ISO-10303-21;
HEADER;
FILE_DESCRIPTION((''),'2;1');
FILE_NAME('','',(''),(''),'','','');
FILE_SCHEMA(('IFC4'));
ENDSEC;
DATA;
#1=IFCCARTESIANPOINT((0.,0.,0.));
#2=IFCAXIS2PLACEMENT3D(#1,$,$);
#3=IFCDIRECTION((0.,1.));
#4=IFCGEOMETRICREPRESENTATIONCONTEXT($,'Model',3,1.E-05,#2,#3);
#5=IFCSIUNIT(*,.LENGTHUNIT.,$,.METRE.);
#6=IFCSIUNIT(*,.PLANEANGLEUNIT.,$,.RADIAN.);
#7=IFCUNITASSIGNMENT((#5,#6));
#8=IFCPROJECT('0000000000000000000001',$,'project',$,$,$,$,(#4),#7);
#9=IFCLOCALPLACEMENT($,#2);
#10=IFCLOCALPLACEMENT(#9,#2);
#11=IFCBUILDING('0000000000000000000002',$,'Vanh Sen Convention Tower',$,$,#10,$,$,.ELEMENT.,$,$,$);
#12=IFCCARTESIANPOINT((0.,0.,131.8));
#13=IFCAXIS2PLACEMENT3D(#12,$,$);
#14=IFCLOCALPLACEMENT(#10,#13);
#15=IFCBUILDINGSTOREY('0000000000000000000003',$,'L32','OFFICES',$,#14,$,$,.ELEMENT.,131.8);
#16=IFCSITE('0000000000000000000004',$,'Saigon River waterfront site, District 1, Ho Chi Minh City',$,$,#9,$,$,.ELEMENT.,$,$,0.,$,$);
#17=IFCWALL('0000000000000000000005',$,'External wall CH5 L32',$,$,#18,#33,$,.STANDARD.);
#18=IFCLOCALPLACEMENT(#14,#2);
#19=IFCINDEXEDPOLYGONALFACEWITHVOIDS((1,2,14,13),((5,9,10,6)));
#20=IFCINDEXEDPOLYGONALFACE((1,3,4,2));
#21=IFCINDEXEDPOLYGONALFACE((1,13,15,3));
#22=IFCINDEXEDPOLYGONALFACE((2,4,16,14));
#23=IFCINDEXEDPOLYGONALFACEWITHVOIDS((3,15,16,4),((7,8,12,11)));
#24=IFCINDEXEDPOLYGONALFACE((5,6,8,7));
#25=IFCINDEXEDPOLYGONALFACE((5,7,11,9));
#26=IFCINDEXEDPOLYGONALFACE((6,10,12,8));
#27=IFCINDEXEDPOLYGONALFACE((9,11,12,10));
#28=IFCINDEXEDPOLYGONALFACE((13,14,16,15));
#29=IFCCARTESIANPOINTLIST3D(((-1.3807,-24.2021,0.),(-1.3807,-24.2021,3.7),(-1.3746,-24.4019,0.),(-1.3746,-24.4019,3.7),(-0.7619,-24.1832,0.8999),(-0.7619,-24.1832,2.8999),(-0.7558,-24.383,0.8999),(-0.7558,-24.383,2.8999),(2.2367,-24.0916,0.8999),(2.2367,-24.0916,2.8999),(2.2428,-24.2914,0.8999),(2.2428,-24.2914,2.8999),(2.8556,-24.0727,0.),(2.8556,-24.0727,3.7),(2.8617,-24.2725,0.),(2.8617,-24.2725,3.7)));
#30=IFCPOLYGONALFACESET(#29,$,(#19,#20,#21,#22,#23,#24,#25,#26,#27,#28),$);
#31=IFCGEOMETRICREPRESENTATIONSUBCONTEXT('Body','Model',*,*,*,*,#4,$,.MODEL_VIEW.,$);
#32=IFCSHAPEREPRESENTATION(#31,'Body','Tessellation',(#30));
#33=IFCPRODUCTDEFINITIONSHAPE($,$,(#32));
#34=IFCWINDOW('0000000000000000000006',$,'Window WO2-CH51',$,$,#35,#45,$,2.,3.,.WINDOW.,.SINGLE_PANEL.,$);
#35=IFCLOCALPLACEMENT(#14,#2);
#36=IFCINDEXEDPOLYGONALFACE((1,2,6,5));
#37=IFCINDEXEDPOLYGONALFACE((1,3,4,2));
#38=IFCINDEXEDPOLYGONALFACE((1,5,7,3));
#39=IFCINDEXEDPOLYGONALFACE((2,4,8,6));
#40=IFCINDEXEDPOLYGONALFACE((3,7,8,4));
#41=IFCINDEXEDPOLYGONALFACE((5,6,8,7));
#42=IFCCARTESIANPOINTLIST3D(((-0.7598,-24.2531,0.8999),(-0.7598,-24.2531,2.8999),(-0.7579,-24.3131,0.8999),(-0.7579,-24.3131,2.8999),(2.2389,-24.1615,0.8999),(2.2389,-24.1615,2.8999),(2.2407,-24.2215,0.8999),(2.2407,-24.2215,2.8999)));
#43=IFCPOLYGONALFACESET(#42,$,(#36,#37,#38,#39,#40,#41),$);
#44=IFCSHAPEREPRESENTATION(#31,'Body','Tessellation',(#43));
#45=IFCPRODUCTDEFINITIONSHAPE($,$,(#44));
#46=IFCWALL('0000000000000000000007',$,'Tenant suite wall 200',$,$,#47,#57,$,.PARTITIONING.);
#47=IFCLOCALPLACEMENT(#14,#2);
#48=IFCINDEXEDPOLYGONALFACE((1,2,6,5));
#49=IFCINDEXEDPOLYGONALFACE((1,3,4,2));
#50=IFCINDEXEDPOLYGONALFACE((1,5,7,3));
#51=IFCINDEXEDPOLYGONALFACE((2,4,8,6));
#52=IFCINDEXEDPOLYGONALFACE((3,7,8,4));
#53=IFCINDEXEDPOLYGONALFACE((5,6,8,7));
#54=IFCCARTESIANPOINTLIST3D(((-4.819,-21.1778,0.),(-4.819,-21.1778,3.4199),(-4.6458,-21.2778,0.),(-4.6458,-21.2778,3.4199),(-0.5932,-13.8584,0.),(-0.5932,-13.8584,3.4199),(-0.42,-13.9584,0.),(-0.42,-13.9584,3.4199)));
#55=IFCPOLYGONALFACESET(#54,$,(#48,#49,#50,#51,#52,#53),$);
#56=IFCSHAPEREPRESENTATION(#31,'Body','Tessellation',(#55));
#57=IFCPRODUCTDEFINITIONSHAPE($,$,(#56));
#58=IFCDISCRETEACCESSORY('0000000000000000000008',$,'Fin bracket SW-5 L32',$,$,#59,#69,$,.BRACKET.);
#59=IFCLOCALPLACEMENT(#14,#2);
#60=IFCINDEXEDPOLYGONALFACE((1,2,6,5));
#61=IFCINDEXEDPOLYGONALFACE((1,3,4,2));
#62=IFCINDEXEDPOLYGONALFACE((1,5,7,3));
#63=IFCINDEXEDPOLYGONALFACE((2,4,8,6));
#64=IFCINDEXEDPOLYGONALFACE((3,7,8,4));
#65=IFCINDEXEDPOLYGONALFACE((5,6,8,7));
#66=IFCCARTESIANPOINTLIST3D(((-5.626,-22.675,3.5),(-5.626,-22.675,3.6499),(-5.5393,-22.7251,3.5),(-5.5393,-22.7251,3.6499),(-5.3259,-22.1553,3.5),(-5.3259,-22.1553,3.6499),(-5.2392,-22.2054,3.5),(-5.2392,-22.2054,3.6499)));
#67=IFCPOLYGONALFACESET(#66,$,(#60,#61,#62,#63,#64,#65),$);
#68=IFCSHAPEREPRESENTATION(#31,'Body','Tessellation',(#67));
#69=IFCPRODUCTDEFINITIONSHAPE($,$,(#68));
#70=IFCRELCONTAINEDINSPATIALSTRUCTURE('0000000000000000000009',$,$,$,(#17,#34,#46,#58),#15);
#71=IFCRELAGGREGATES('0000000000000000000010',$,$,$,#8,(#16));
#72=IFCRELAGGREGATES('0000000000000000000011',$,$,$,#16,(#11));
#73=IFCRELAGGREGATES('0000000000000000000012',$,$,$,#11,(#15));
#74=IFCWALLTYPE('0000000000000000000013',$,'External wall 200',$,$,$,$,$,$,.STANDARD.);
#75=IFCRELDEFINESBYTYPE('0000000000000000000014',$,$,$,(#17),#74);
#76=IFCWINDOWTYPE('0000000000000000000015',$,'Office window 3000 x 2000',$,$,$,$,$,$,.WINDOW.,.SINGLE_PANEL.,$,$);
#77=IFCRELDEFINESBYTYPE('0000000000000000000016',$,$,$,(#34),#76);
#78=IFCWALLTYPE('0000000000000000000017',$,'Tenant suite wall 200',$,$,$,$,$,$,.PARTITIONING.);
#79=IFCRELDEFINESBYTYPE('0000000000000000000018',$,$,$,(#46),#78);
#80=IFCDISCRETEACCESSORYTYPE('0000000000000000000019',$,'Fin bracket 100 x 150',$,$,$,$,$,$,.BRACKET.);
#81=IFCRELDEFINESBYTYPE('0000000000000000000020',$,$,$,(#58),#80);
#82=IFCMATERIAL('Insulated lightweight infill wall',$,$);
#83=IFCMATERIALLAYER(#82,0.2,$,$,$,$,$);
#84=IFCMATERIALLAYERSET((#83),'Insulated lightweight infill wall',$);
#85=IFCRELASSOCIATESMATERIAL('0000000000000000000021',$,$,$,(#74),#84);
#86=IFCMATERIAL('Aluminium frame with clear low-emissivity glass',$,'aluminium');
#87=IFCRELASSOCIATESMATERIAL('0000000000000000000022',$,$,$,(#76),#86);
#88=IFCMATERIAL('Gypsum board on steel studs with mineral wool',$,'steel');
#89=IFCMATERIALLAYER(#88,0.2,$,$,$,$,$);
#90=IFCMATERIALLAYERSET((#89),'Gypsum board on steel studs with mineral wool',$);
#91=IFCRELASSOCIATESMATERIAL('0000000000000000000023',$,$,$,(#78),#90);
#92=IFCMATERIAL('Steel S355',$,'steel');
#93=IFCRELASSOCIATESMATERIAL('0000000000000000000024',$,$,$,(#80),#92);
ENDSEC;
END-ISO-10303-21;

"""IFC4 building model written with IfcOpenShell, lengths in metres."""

from ifc_helpers import new_model, si_unit, direction, frame, frame_2d, origin, origin_2d, place, context, subcontext, project, spatial, rectangle, extrude, material, layer, layer_set, type_object, element, fill, save


model = new_model("IFC4")

# Units and contexts
model_context = context("Model", 3, precision=1e-05, world=origin(), true_north=direction((0.0, 1.0)))
body_context = subcontext(model_context, "Body", "Model", "MODEL_VIEW")
ifc_project = project(units=[si_unit("LENGTHUNIT", "METRE"), si_unit("PLANEANGLEUNIT", "RADIAN")], contexts=[model_context])

# Site, building, storey
site_placement = place(None, origin())
site = spatial("IfcSite", under=ifc_project, at=site_placement, Name="Saigon River waterfront site, District 1, Ho Chi Minh City", CompositionType="ELEMENT", RefElevation=0.0)
building_placement = place(site_placement, origin())
building = spatial("IfcBuilding", under=site, at=building_placement, Name="Vanh Sen Convention Tower", CompositionType="ELEMENT")
storey_placement = place(building_placement, frame((0.0, 0.0, 131.8)))
storey = spatial("IfcBuildingStorey", under=building, at=storey_placement, Name="L32", Description="OFFICES", CompositionType="ELEMENT", Elevation=131.8)

# Shared definitions
ifc_material_1 = material(Name="Gypsum board on steel studs with mineral wool", Category="steel")

# Wall, opening, window
ifc_material_2 = material(Name="Insulated lightweight infill wall")
ifc_layer_1 = layer(ifc_material_2, 0.2)
ifc_layer_set_1 = layer_set([ifc_layer_1], Name="Insulated lightweight infill wall")
wall_type_1 = type_object("IfcWallType", Name="External wall 200", PredefinedType="STANDARD", material=ifc_layer_set_1)
wall_1_placement = place(storey_placement, frame((-1.3777, -24.302, 0.0), z_axis=(0.0, 0.0, 1.0), x_axis=(0.999534, 0.03053, 0.0)))
wall_1 = element("IfcWall", 1, at=wall_1_placement, inside=storey, type_object=wall_type_1, Name="External wall CH5 L32", PredefinedType="STANDARD", context=body_context, shape_type="SweptSolid", body=[
    extrude(rectangle(XDim=4.2383, YDim=0.2, at=frame_2d((2.1191, 0.0))), origin(), (0.0, 0.0, 1.0), 3.7),
])
opening_1_placement = place(wall_1_placement, frame((0.6191, 0.0, 0.8999)))
opening_1 = element("IfcOpeningElement", 2, at=opening_1_placement, cuts=wall_1, PredefinedType="OPENING", context=body_context, shape_type="SweptSolid", body=[
    extrude(rectangle(XDim=3.0, YDim=2.0, at=frame_2d((1.5, 1.0))), frame((0.0, 0.1099, 0.0), z_axis=(0.0, -1.0, 0.0), x_axis=(1.0, 0.0, 0.0)), (0.0, 0.0, 1.0), 0.22),
])
ifc_material_3 = material(Name="Aluminium frame with clear low-emissivity glass", Category="aluminium")
window_type = type_object("IfcWindowType", Name="Office window 3000 x 2000", PartitioningType="SINGLE_PANEL", PredefinedType="WINDOW", material=ifc_material_3)
window_placement = place(opening_1_placement, origin())
window = element("IfcWindow", 3, at=window_placement, inside=storey, type_object=window_type, Name="Window WO2-CH51", OverallHeight=2.0, OverallWidth=3.0, PartitioningType="SINGLE_PANEL", PredefinedType="WINDOW", context=body_context, shape_type="SweptSolid", body=[
    extrude(rectangle(XDim=3.0, YDim=2.0, at=frame_2d((1.5, 1.0))), frame((0.0, 0.03, 0.0), z_axis=(0.0, -1.0, 0.0), x_axis=(1.0, 0.0, 0.0)), (0.0, 0.0, 1.0), 0.0601),
])
fill(opening_1, window)

# Wall
ifc_layer_2 = layer(ifc_material_1, 0.2)
ifc_layer_set_2 = layer_set([ifc_layer_2], Name="Gypsum board on steel studs with mineral wool")
wall_type_2 = type_object("IfcWallType", Name="Tenant suite wall 200", PredefinedType="PARTITIONING", material=ifc_layer_set_2)
wall_2_placement = place(storey_placement, frame((-4.7324, -21.2278, 0.0), z_axis=(0.0, 0.0, 1.0), x_axis=(0.500001, 0.866025, 0.0)))
element("IfcWall", 4, at=wall_2_placement, inside=storey, type_object=wall_type_2, Name="Tenant suite wall 200", PredefinedType="PARTITIONING", context=body_context, shape_type="SweptSolid", body=[
    extrude(rectangle(XDim=8.4517, YDim=0.2, at=frame_2d((4.2258, 0.0))), origin(), (0.0, 0.0, 1.0), 3.4199),
])

# Discrete accessory
ifc_material_4 = material(Name="Steel S355", Category="steel")
discrete_accessory_type = type_object("IfcDiscreteAccessoryType", Name="Fin bracket 100 x 150", PredefinedType="BRACKET", material=ifc_material_4)
discrete_accessory_placement = place(storey_placement, frame((-5.4326, -22.4402, 3.5), z_axis=(0.0, 0.0, 1.0), x_axis=(-0.5, -0.866025, 0.0)))
element("IfcDiscreteAccessory", 5, at=discrete_accessory_placement, inside=storey, type_object=discrete_accessory_type, Name="Fin bracket SW-5 L32", PredefinedType="BRACKET", context=body_context, shape_type="SweptSolid", body=[
    extrude(rectangle(XDim=0.6001, YDim=0.1001, at=origin_2d()), origin(), (0.0, 0.0, 1.0), 0.1499),
])

save(model, "model.ifc")
